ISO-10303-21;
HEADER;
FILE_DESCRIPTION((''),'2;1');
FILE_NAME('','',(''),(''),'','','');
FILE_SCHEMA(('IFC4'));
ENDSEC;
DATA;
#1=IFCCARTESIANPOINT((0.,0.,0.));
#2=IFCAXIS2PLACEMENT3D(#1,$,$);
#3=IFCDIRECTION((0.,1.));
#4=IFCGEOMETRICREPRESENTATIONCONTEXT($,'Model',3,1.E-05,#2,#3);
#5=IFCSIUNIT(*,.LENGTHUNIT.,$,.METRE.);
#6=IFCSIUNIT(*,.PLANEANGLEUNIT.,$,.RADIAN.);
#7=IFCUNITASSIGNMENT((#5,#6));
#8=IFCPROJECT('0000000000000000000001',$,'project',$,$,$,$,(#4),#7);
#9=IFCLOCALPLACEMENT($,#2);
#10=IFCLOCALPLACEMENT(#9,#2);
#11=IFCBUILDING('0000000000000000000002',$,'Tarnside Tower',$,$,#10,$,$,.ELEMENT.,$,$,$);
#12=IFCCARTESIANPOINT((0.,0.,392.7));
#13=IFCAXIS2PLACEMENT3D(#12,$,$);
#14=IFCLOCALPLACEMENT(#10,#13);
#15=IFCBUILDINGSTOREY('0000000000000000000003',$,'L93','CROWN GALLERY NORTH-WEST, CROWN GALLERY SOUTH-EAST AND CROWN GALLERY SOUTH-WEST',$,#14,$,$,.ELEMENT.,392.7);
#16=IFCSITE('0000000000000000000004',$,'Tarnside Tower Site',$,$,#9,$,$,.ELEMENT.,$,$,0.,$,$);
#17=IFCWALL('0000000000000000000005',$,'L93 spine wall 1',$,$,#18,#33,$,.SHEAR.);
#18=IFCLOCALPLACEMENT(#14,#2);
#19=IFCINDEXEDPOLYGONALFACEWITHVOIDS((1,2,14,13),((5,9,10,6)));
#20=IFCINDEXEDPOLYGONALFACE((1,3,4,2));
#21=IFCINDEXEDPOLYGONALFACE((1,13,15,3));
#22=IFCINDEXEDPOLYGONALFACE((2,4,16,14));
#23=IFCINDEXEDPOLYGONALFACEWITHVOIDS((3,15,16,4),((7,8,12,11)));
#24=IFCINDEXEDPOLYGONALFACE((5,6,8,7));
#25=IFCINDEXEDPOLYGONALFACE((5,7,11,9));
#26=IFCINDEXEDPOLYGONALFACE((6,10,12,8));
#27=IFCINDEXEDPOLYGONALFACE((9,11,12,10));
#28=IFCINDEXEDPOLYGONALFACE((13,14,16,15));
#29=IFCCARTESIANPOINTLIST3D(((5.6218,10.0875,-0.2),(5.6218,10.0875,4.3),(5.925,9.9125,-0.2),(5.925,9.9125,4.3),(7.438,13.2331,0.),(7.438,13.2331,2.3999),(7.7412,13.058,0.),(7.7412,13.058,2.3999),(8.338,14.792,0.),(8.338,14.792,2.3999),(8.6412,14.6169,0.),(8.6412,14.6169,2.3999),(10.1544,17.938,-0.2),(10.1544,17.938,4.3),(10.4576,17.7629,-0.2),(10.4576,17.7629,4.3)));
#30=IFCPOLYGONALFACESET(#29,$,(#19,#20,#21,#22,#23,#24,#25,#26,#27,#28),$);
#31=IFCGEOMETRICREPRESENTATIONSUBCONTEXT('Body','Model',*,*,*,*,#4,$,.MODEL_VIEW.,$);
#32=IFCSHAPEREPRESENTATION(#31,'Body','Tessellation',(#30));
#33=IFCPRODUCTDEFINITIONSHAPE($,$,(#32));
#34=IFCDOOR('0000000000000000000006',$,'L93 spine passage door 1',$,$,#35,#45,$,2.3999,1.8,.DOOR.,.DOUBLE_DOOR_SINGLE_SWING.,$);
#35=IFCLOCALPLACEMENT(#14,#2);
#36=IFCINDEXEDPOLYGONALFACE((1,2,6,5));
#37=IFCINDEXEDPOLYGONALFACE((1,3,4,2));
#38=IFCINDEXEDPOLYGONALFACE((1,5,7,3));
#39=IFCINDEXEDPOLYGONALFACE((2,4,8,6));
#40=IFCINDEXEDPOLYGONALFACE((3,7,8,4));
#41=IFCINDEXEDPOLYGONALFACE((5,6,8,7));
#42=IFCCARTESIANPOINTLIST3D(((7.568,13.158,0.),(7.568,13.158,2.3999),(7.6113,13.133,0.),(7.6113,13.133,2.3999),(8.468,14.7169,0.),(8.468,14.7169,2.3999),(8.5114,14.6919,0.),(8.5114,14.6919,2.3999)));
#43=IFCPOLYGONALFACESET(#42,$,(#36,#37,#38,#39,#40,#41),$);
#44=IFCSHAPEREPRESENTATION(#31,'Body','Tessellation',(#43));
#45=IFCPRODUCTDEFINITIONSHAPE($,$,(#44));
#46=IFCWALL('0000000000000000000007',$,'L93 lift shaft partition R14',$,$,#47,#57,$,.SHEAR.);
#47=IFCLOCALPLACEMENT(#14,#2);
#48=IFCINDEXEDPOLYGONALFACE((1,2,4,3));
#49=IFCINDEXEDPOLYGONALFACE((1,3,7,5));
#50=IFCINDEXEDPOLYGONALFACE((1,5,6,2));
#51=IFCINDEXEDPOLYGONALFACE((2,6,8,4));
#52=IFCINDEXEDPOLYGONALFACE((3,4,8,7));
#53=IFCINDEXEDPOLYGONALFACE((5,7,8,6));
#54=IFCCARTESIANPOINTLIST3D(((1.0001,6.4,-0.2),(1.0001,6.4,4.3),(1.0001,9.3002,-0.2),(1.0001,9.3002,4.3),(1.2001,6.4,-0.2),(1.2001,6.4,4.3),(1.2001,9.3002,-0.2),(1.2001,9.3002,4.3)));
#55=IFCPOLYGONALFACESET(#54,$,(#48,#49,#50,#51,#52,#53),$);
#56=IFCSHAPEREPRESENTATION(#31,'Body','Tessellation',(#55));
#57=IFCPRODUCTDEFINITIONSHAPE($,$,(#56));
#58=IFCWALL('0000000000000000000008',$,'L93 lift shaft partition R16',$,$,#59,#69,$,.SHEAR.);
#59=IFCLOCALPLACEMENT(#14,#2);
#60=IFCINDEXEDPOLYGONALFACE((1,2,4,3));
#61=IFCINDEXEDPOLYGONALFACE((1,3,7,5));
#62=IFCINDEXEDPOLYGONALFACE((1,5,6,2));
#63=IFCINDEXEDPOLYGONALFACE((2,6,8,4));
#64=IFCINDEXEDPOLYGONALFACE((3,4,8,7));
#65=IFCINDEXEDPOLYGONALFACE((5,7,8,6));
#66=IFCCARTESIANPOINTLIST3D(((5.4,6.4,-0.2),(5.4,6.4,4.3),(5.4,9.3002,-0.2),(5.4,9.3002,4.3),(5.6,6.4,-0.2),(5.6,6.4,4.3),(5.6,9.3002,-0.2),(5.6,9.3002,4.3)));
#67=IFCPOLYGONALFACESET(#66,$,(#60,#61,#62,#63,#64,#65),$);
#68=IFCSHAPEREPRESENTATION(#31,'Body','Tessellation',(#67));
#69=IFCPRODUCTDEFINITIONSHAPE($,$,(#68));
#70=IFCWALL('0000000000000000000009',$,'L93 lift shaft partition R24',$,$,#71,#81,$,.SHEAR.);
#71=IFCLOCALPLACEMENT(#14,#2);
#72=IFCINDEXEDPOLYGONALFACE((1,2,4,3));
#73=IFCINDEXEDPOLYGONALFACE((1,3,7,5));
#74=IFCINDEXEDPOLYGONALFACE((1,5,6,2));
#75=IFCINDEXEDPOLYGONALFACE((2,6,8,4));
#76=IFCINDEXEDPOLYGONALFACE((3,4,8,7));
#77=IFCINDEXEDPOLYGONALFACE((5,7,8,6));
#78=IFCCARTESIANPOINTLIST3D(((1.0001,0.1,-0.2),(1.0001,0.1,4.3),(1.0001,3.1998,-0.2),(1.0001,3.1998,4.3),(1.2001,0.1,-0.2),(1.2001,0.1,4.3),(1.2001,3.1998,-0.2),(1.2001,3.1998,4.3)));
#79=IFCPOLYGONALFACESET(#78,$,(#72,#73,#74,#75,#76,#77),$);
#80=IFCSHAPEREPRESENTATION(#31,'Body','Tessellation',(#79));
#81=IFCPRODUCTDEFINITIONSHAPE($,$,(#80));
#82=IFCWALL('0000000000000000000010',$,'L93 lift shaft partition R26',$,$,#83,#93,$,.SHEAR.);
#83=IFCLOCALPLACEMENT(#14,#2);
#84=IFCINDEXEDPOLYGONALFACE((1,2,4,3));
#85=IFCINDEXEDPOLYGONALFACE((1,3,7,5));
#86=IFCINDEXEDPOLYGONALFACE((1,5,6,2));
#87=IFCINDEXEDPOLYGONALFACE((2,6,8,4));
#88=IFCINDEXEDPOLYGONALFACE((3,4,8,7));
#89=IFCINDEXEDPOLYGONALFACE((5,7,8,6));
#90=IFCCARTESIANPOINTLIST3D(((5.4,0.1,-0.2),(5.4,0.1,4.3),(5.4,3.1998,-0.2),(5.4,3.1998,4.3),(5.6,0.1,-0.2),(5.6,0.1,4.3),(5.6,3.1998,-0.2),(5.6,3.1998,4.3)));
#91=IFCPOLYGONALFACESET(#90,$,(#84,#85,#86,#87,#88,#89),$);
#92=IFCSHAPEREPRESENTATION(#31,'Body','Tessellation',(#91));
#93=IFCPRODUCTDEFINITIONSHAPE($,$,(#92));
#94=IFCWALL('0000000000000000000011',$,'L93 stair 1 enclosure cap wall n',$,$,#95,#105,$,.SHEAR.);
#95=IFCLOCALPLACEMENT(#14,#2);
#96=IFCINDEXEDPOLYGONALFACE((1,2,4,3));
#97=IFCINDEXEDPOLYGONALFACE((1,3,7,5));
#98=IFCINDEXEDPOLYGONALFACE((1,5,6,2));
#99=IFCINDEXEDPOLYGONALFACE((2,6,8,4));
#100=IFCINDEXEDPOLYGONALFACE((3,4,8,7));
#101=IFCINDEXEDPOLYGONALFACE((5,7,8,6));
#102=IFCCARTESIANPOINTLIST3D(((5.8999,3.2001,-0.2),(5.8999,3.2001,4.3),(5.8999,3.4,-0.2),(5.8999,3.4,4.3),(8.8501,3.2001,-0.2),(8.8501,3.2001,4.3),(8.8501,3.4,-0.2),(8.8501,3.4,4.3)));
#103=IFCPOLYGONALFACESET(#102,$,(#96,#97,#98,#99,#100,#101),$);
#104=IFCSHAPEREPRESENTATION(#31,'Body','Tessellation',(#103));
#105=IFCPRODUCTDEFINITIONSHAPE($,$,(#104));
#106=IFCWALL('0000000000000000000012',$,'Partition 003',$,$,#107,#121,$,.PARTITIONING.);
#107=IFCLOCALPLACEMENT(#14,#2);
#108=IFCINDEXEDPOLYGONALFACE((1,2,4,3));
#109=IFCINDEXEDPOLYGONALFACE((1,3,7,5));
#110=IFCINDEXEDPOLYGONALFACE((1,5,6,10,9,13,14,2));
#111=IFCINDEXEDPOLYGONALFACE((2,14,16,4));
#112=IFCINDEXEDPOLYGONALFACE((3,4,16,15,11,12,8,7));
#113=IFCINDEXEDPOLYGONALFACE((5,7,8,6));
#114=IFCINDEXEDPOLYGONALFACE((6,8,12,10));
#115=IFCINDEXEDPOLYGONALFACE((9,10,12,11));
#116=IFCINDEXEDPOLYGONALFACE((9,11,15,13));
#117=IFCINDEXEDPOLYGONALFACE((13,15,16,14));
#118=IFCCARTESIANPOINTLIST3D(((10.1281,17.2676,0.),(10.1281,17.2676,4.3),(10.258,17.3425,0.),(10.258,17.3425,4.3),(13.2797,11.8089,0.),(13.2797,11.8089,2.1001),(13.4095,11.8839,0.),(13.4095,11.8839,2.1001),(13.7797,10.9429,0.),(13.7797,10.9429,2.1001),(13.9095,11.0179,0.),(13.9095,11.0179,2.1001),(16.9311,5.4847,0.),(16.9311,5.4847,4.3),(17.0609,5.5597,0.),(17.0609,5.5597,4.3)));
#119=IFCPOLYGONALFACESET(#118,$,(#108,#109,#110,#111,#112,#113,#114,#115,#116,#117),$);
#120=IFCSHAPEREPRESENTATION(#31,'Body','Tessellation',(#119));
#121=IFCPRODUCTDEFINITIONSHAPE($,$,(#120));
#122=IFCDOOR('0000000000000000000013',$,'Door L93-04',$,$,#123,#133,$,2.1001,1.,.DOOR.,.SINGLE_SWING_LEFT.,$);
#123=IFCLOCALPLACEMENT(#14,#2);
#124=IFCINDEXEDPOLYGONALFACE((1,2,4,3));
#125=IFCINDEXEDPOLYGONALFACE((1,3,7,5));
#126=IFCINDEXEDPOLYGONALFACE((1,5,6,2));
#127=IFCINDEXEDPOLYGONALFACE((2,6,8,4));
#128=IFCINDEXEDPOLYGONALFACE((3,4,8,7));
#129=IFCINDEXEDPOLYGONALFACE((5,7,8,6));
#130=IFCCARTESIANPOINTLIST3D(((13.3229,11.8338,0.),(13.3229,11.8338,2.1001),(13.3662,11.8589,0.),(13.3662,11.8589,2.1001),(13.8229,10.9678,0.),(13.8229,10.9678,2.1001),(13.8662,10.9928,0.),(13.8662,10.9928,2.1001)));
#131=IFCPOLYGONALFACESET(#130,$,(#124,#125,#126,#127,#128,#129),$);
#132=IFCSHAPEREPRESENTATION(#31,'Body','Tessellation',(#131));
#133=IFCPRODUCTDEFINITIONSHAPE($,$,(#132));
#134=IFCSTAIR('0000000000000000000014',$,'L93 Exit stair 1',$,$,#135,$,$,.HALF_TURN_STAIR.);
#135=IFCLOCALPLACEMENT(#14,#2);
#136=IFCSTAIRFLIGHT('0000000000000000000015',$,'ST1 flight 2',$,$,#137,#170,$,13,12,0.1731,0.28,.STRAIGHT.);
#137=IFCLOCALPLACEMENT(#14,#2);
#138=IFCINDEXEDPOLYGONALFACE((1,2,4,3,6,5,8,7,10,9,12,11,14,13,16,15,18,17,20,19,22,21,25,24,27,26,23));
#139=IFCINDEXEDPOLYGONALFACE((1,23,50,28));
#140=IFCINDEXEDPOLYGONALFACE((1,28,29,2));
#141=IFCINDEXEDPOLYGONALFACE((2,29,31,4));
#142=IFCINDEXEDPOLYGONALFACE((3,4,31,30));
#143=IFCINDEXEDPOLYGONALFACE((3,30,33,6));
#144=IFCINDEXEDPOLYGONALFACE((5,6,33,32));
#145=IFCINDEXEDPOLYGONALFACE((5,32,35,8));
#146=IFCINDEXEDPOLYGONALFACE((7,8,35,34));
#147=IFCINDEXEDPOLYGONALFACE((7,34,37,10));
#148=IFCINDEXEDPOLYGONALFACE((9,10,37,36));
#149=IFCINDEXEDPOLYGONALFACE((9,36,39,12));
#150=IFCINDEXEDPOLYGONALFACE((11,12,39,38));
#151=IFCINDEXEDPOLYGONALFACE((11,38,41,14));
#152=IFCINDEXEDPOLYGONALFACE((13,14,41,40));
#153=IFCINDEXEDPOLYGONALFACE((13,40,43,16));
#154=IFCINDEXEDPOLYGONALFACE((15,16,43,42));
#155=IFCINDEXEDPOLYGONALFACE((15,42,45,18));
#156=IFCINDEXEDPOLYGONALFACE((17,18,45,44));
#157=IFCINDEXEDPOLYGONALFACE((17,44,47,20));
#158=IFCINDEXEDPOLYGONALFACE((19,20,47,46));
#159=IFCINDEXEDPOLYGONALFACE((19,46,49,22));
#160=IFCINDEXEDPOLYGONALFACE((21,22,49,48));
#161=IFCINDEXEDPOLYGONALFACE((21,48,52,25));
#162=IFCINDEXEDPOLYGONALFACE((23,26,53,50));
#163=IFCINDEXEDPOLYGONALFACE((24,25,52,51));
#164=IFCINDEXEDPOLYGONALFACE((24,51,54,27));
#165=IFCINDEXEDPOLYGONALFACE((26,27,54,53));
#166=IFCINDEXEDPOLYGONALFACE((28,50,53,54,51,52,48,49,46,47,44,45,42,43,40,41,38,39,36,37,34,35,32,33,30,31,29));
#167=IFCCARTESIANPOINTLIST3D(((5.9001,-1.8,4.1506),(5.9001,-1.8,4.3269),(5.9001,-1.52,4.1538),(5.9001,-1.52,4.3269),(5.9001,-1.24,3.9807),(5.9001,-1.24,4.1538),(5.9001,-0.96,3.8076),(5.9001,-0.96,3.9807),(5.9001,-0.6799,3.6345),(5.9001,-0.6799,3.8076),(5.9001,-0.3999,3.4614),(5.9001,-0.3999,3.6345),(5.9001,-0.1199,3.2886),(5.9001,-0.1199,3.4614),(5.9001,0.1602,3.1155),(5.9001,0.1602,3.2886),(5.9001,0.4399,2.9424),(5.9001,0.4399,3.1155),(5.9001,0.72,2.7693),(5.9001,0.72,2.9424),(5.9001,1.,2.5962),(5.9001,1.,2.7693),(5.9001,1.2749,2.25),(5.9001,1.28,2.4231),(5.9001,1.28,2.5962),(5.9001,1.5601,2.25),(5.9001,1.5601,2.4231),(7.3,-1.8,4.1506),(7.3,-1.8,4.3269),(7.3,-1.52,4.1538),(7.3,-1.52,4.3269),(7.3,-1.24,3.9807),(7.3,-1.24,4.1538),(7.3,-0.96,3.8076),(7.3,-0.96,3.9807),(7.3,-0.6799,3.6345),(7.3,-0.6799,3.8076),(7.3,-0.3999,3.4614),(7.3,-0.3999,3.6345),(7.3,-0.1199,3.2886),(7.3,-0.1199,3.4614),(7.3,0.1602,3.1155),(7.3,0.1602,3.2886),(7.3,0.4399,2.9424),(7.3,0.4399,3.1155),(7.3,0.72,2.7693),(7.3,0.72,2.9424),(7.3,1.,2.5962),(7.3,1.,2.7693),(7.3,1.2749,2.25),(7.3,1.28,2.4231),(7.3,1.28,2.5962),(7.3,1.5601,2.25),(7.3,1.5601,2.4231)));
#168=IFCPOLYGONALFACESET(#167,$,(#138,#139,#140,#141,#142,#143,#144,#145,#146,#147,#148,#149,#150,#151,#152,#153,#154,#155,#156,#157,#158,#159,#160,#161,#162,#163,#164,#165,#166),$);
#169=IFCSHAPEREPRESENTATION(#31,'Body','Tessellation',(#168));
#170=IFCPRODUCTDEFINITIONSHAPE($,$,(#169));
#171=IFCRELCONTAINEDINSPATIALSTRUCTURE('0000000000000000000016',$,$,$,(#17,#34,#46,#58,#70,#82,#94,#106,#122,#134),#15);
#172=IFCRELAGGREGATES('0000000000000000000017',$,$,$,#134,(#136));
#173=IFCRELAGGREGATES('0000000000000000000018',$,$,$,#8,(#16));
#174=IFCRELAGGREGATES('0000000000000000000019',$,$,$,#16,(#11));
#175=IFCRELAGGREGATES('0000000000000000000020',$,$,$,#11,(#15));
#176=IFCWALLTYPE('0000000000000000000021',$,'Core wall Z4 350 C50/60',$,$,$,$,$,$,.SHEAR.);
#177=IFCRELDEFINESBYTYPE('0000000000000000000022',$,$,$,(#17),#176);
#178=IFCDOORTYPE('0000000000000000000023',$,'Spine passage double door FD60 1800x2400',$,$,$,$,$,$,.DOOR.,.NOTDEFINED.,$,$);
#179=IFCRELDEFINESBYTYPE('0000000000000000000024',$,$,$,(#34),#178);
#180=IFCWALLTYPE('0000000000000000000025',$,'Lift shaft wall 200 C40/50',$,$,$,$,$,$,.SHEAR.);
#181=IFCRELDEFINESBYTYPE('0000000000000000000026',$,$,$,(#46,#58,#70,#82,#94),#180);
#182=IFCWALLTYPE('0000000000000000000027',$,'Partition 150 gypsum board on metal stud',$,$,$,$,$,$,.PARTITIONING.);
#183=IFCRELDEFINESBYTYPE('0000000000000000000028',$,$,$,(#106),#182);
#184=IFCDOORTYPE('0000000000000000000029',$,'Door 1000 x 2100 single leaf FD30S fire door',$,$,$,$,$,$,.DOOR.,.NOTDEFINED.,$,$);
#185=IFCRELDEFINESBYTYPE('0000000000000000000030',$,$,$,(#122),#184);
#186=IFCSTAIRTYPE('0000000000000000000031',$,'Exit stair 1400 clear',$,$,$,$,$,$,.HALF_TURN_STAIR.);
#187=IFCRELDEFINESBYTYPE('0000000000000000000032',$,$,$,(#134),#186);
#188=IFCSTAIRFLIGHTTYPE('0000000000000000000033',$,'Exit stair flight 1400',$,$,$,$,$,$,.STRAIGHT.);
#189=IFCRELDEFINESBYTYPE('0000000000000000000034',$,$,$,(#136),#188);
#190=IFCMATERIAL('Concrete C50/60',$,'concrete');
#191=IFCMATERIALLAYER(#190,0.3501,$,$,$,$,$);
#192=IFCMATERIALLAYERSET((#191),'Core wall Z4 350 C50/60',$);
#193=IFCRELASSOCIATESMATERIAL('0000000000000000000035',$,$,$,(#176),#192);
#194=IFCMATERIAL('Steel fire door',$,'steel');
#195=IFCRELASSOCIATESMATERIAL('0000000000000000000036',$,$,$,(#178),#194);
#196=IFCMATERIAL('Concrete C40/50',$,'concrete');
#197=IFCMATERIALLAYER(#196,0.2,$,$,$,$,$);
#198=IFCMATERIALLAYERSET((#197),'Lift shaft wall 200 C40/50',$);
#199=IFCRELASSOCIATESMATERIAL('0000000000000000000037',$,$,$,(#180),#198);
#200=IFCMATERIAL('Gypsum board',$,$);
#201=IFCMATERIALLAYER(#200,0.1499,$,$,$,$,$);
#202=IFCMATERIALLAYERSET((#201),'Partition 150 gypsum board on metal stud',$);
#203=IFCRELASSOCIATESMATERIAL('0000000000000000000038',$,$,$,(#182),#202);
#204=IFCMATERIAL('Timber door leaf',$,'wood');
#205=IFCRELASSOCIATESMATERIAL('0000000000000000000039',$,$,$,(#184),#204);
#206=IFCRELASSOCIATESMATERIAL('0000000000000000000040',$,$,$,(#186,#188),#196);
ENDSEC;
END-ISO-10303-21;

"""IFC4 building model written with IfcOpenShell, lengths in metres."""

from ifc_helpers import new_model, si_unit, direction, frame, frame_2d, origin, place, context, subcontext, project, spatial, polyline, rectangle, outline, extrude, material, layer, layer_set, type_object, element, fill, aggregate, save


model = new_model("IFC4")

# Units and contexts
model_context = context("Model", 3, precision=1e-05, world=origin(), true_north=direction((0.0, 1.0)))
body_context = subcontext(model_context, "Body", "Model", "MODEL_VIEW")
ifc_project = project(units=[si_unit("LENGTHUNIT", "METRE"), si_unit("PLANEANGLEUNIT", "RADIAN")], contexts=[model_context])

# Site, building, storey
site_placement = place(None, origin())
site = spatial("IfcSite", under=ifc_project, at=site_placement, Name="Tarnside Tower Site", CompositionType="ELEMENT", RefElevation=0.0)
building_placement = place(site_placement, origin())
building = spatial("IfcBuilding", under=site, at=building_placement, Name="Tarnside Tower", CompositionType="ELEMENT")
storey_placement = place(building_placement, frame((0.0, 0.0, 392.7)))
storey = spatial("IfcBuildingStorey", under=building, at=storey_placement, Name="L93", Description="CROWN GALLERY NORTH-WEST, CROWN GALLERY SOUTH-EAST AND CROWN GALLERY SOUTH-WEST", CompositionType="ELEMENT", Elevation=392.7)

# Shared definitions
ifc_material_1 = material(Name="Concrete C40/50", Category="concrete")

# Shared definitions
ifc_material_2 = material(Name="Concrete C50/60", Category="concrete")
ifc_layer_1 = layer(ifc_material_2, 0.3501)
ifc_layer_set_1 = layer_set([ifc_layer_1], Name="Core wall Z4 350 C50/60")
wall_type_1 = type_object("IfcWallType", Name="Core wall Z4 350 C50/60", PredefinedType="SHEAR", material=ifc_layer_set_1)

# Wall, opening, door
wall_1_placement = place(storey_placement, frame((5.7734, 10.0, -0.2), z_axis=(0.0, 0.0, 1.0), x_axis=(0.500006, 0.866022, 0.0)))
wall_1 = element("IfcWall", 1, at=wall_1_placement, inside=storey, type_object=wall_type_1, Name="L93 spine wall 1", PredefinedType="SHEAR", context=body_context, shape_type="SweptSolid", body=[
    extrude(rectangle(XDim=9.0649, YDim=0.3501, at=frame_2d((4.5325, 0.0))), origin(), (0.0, 0.0, 1.0), 4.5),
])
opening_1_placement = place(wall_1_placement, frame((3.6323, 0.0, 0.2)))
opening_1 = element("IfcOpeningElement", 2, at=opening_1_placement, cuts=wall_1, PredefinedType="OPENING", context=body_context, shape_type="SweptSolid", body=[
    extrude(rectangle(XDim=1.8, YDim=2.3999, at=frame_2d((0.8999, 1.2))), frame((0.0, 0.1851, 0.0), z_axis=(0.0, -1.0, 0.0), x_axis=(1.0, 0.0, 0.0)), (0.0, 0.0, 1.0), 0.3701),
])
ifc_material_3 = material(Name="Steel fire door", Category="steel")
door_type_1 = type_object("IfcDoorType", Name="Spine passage double door FD60 1800x2400", OperationType="NOTDEFINED", PredefinedType="DOOR", material=ifc_material_3)
door_1_placement = place(opening_1_placement, origin())
door_1 = element("IfcDoor", 3, at=door_1_placement, inside=storey, type_object=door_type_1, Name="L93 spine passage door 1", OperationType="DOUBLE_DOOR_SINGLE_SWING", OverallHeight=2.3999, OverallWidth=1.8, PredefinedType="DOOR", context=body_context, shape_type="SweptSolid", body=[
    extrude(rectangle(XDim=1.8, YDim=2.3999, at=frame_2d((0.8999, 1.2))), frame((0.0, 0.0249, 0.0), z_axis=(0.0, -1.0, 0.0), x_axis=(1.0, 0.0, 0.0)), (0.0, 0.0, 1.0), 0.05),
])
fill(opening_1, door_1)

# Walls
ifc_layer_2 = layer(ifc_material_1, 0.2)
ifc_layer_set_2 = layer_set([ifc_layer_2], Name="Lift shaft wall 200 C40/50")
wall_type_2 = type_object("IfcWallType", Name="Lift shaft wall 200 C40/50", PredefinedType="SHEAR", material=ifc_layer_set_2)
for number, where, z_axis, x_axis, name in (
    (4, (1.1001, 6.3999, -0.2), (0.0, 0.0, 1.0), (0.0, 1.0, 0.0), "L93 lift shaft partition R14"),
    (5, (5.5, 6.3999, -0.2), (0.0, 0.0, 1.0), (0.0, 1.0, 0.0), "L93 lift shaft partition R16"),
):
    element("IfcWall", number, at=place(storey_placement, frame(where, z_axis=z_axis, x_axis=x_axis)), inside=storey, type_object=wall_type_2, Name=name, PredefinedType="SHEAR", context=body_context, shape_type="SweptSolid", body=[
        extrude(rectangle(XDim=2.9001, YDim=0.2, at=frame_2d((1.4502, 0.0))), origin(), (0.0, 0.0, 1.0), 4.5),
    ])
for number, where, z_axis, x_axis, name in (
    (6, (1.1001, 0.1001, -0.2), (0.0, 0.0, 1.0), (0.0, 1.0, 0.0), "L93 lift shaft partition R24"),
    (7, (5.5, 0.1001, -0.2), (0.0, 0.0, 1.0), (0.0, 1.0, 0.0), "L93 lift shaft partition R26"),
):
    element("IfcWall", number, at=place(storey_placement, frame(where, z_axis=z_axis, x_axis=x_axis)), inside=storey, type_object=wall_type_2, Name=name, PredefinedType="SHEAR", context=body_context, shape_type="SweptSolid", body=[
        extrude(rectangle(XDim=3.0999, YDim=0.2, at=frame_2d((1.5498, 0.0))), origin(), (0.0, 0.0, 1.0), 4.5),
    ])
wall_2_placement = place(storey_placement, frame((5.8999, 3.3, -0.2), z_axis=(0.0, 0.0, 1.0), x_axis=(1.0, 0.0, 0.0)))
element("IfcWall", 8, at=wall_2_placement, inside=storey, type_object=wall_type_2, Name="L93 stair 1 enclosure cap wall n", PredefinedType="SHEAR", context=body_context, shape_type="SweptSolid", body=[
    extrude(rectangle(XDim=2.9502, YDim=0.2, at=frame_2d((1.4751, 0.0))), origin(), (0.0, 0.0, 1.0), 4.5),
])

# Wall, opening, door
ifc_material_4 = material(Name="Gypsum board")
ifc_layer_3 = layer(ifc_material_4, 0.1499)
ifc_layer_set_3 = layer_set([ifc_layer_3], Name="Partition 150 gypsum board on metal stud")
wall_type_3 = type_object("IfcWallType", Name="Partition 150 gypsum board on metal stud", PredefinedType="PARTITIONING", material=ifc_layer_set_3)
wall_3_placement = place(storey_placement, frame((10.1931, 17.3049, 0.0), z_axis=(0.0, 0.0, 1.0), x_axis=(0.500005, -0.866023, 0.0)))
wall_3 = element("IfcWall", 9, at=wall_3_placement, inside=storey, type_object=wall_type_3, Name="Partition 003", PredefinedType="PARTITIONING", context=body_context, shape_type="SweptSolid", body=[
    extrude(rectangle(XDim=13.6057, YDim=0.1499, at=frame_2d((6.8027, 0.0))), origin(), (0.0, 0.0, 1.0), 4.3),
])
opening_2_placement = place(wall_3_placement, frame((6.303, 0.0, 0.0)))
opening_2 = element("IfcOpeningElement", 10, at=opening_2_placement, cuts=wall_3, PredefinedType="OPENING", context=body_context, shape_type="SweptSolid", body=[
    extrude(rectangle(XDim=1.0, YDim=2.1001, at=frame_2d((0.5, 1.05))), frame((0.0, 0.085, 0.0), z_axis=(0.0, -1.0, 0.0), x_axis=(1.0, 0.0, 0.0)), (0.0, 0.0, 1.0), 0.1699),
])
ifc_material_5 = material(Name="Timber door leaf", Category="wood")
door_type_2 = type_object("IfcDoorType", Name="Door 1000 x 2100 single leaf FD30S fire door", OperationType="NOTDEFINED", PredefinedType="DOOR", material=ifc_material_5)
door_2_placement = place(opening_2_placement, origin())
door_2 = element("IfcDoor", 11, at=door_2_placement, inside=storey, type_object=door_type_2, Name="Door L93-04", OperationType="SINGLE_SWING_LEFT", OverallHeight=2.1001, OverallWidth=1.0, PredefinedType="DOOR", context=body_context, shape_type="SweptSolid", body=[
    extrude(rectangle(XDim=1.0, YDim=2.1001, at=frame_2d((0.5, 1.05))), frame((0.0, 0.0249, 0.0), z_axis=(0.0, -1.0, 0.0), x_axis=(1.0, 0.0, 0.0)), (0.0, 0.0, 1.0), 0.05),
])
fill(opening_2, door_2)

# Stair, stair flight
stair_type = type_object("IfcStairType", Name="Exit stair 1400 clear", PredefinedType="HALF_TURN_STAIR", material=ifc_material_1)
stair_placement = place(storey_placement, origin())
stair = element("IfcStair", 12, at=stair_placement, inside=storey, type_object=stair_type, Name="L93 Exit stair 1", PredefinedType="HALF_TURN_STAIR")
stair_flight_type = type_object("IfcStairFlightType", Name="Exit stair flight 1400", PredefinedType="STRAIGHT", material=ifc_material_1)
stair_flight_placement = place(storey_placement, frame((6.6001, 1.5601, 2.25), z_axis=(0.0, 0.0, 1.0), x_axis=(0.0, -1.0, 0.0)))
stair_flight = element("IfcStairFlight", 13, at=stair_flight_placement, type_object=stair_flight_type, Name="ST1 flight 2", NumberOfRisers=13, NumberOfTreads=12, PredefinedType="STRAIGHT", RiserHeight=0.1731, TreadLength=0.28, context=body_context, shape_type="SweptSolid", body=[
    extrude(outline(polyline([(0.0, 0.0), (0.0, 0.1731), (0.28, 0.1731), (0.28, 0.3462), (0.5601, 0.3462), (0.5601, 0.5193), (0.8401, 0.5193), (0.8401, 0.6924), (1.1201, 0.6924), (1.1201, 0.8655), (1.3999, 0.8655), (1.3999, 1.0386), (1.6799, 1.0386), (1.6799, 1.2114), (1.96, 1.2114), (1.96, 1.3845), (2.24, 1.3845), (2.24, 1.5576), (2.52, 1.5576), (2.52, 1.7307), (2.8, 1.7307), (2.8, 1.9038), (3.0801, 1.9038), (3.0801, 2.0769), (3.3601, 2.0769), (3.3601, 2.25), (3.3601, 1.9006), (0.2852, 0.0), (0.0, 0.0)])), frame((0.0, 0.7, 0.0), z_axis=(0.0, -1.0, 0.0), x_axis=(1.0, 0.0, 0.0)), (0.0, 0.0, 1.0), 1.3999),
])
aggregate(stair, [stair_flight])

save(model, "model.ifc")
